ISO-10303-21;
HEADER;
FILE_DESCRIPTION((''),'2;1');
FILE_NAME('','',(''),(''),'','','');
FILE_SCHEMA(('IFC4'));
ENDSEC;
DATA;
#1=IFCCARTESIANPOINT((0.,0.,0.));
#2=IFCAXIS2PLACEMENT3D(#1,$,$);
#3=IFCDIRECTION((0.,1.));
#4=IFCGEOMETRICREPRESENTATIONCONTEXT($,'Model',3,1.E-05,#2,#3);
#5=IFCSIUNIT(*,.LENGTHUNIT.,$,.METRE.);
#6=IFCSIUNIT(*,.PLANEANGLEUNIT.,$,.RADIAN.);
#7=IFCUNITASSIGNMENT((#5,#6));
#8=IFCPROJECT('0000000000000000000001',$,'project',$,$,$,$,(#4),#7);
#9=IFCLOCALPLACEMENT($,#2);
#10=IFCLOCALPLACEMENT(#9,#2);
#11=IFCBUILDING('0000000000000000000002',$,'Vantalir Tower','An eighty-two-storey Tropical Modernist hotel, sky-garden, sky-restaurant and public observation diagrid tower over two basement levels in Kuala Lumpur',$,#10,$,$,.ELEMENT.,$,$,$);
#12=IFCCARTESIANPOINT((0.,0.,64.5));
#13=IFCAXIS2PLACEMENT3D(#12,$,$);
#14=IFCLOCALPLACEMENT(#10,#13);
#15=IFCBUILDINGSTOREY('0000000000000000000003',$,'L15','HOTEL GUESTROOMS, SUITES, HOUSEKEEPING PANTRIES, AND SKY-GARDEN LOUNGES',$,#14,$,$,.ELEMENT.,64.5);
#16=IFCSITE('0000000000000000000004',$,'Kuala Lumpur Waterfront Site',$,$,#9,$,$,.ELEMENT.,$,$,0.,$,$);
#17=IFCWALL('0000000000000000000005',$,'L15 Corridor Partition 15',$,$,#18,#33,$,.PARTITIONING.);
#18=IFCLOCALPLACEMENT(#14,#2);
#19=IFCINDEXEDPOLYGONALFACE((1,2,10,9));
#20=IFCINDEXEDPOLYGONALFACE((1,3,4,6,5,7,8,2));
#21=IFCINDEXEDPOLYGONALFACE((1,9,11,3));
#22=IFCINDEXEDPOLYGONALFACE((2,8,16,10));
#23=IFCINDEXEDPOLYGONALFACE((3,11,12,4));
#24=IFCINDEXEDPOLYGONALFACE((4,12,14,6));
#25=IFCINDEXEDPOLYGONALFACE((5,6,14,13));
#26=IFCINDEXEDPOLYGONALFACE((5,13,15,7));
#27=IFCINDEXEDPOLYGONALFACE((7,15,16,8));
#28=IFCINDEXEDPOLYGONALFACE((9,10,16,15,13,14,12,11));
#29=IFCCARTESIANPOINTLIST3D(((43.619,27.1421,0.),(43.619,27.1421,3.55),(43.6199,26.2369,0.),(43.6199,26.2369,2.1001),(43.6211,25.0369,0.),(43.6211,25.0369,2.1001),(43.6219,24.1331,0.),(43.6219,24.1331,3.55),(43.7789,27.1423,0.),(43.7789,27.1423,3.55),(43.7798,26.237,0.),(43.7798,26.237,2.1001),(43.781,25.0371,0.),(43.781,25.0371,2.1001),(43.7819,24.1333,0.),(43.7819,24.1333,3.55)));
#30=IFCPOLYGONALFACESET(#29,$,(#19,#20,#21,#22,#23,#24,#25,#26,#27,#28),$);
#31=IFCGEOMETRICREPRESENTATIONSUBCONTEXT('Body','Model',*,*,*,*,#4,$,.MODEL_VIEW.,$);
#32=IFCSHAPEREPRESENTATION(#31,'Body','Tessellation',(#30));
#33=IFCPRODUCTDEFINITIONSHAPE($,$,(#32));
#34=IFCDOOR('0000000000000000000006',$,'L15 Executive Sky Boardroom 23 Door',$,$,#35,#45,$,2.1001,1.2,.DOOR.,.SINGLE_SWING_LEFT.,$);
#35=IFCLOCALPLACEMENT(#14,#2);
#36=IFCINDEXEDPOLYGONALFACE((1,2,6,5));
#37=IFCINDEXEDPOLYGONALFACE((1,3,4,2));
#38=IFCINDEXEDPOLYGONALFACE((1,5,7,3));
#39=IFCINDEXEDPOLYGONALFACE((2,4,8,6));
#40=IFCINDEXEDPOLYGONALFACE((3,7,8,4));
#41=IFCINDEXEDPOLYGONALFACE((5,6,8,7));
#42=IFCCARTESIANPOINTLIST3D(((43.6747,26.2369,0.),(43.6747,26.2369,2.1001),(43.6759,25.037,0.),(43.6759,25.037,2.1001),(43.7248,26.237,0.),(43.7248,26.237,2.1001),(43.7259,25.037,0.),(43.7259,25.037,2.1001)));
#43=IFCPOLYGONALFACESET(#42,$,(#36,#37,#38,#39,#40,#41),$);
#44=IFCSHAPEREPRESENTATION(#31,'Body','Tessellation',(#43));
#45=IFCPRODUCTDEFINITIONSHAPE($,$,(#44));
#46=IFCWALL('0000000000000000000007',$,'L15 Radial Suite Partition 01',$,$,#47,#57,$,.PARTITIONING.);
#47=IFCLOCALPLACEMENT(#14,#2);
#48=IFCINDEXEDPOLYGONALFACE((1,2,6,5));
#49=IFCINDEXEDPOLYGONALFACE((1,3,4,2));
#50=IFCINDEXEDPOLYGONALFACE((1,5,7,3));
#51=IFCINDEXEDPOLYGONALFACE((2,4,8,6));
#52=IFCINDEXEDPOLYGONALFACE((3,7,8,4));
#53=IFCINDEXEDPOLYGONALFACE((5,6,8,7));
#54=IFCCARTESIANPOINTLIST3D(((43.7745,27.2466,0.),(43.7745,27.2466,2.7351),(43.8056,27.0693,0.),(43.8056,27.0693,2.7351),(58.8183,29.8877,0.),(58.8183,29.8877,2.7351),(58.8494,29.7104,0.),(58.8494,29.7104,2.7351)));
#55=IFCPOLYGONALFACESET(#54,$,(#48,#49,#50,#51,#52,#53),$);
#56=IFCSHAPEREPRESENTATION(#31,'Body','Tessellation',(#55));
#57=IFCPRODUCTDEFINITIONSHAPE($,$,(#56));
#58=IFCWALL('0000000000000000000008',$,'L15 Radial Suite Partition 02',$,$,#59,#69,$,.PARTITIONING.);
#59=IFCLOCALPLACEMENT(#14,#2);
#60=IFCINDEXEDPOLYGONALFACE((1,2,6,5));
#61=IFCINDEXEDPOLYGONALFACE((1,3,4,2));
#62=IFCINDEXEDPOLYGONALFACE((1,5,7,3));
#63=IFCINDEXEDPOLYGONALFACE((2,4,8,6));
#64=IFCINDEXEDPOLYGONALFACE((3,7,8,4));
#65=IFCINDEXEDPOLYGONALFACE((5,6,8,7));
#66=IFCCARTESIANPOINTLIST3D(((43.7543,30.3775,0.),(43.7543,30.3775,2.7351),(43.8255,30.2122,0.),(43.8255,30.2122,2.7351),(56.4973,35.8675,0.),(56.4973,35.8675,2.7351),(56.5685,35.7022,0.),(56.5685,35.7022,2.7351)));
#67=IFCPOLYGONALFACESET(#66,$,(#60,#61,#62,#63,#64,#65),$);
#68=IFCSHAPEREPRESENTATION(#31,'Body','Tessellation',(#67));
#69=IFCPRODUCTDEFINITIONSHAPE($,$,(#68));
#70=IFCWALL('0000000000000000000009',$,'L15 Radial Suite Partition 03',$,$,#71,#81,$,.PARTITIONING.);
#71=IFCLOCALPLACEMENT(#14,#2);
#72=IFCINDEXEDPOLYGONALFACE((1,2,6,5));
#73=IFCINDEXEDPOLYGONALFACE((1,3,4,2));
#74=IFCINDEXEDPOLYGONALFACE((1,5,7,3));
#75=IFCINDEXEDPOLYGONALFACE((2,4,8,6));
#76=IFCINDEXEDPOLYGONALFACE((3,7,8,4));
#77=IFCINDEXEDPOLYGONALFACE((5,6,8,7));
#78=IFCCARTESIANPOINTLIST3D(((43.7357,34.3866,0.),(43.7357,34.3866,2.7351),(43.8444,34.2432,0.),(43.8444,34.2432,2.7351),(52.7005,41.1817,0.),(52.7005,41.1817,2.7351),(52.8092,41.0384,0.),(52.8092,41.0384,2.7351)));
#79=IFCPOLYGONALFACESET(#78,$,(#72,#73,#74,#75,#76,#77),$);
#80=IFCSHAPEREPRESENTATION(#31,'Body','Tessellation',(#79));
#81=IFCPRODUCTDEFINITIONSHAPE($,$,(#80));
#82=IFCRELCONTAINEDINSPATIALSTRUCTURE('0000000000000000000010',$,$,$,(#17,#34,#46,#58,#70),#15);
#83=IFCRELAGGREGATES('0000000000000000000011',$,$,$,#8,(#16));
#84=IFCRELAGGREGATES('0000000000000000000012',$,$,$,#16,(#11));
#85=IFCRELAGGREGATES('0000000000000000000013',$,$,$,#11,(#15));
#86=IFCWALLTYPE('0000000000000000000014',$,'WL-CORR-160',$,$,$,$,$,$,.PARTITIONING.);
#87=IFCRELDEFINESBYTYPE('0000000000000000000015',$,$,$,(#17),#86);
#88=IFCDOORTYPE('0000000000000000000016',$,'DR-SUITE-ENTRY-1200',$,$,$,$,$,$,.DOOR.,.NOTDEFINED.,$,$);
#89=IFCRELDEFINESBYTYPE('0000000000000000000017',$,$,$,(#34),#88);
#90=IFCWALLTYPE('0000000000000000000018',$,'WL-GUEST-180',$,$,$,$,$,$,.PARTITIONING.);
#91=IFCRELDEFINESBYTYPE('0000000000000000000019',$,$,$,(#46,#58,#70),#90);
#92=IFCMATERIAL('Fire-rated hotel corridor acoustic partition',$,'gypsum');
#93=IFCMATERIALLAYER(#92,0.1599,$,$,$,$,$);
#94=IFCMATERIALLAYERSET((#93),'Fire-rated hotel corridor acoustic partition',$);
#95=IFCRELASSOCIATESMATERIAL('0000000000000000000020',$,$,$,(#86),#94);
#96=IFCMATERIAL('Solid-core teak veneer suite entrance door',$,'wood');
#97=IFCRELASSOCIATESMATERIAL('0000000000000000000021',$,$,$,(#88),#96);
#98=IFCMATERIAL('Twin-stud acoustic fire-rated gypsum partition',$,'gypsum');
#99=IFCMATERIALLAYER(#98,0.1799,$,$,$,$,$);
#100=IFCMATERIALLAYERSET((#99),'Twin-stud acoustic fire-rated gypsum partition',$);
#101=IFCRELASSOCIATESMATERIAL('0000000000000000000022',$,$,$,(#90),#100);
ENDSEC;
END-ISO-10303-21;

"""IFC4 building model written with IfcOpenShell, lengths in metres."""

from ifc_helpers import new_model, si_unit, direction, frame, frame_2d, origin, place, context, subcontext, project, spatial, rectangle, extrude, material, layer, layer_set, type_object, element, fill, save


model = new_model("IFC4")

# Units and contexts
model_context = context("Model", 3, precision=1e-05, world=origin(), true_north=direction((0.0, 1.0)))
body_context = subcontext(model_context, "Body", "Model", "MODEL_VIEW")
ifc_project = project(units=[si_unit("LENGTHUNIT", "METRE"), si_unit("PLANEANGLEUNIT", "RADIAN")], contexts=[model_context])

# Site, building, storey
site_placement = place(None, origin())
site = spatial("IfcSite", under=ifc_project, at=site_placement, Name="Kuala Lumpur Waterfront Site", CompositionType="ELEMENT", RefElevation=0.0)
building_placement = place(site_placement, origin())
building = spatial("IfcBuilding", under=site, at=building_placement, Name="Vantalir Tower", Description="An eighty-two-storey Tropical Modernist hotel, sky-garden, sky-restaurant and public observation diagrid tower over two basement levels in Kuala Lumpur", CompositionType="ELEMENT")
storey_placement = place(building_placement, frame((0.0, 0.0, 64.5)))
storey = spatial("IfcBuildingStorey", under=building, at=storey_placement, Name="L15", Description="HOTEL GUESTROOMS, SUITES, HOUSEKEEPING PANTRIES, AND SKY-GARDEN LOUNGES", CompositionType="ELEMENT", Elevation=64.5)

# Shared definitions
ifc_material_1 = material(Name="Fire-rated hotel corridor acoustic partition", Category="gypsum")
ifc_layer_1 = layer(ifc_material_1, 0.1599)
ifc_layer_set_1 = layer_set([ifc_layer_1], Name="Fire-rated hotel corridor acoustic partition")
wall_type_1 = type_object("IfcWallType", Name="WL-CORR-160", PredefinedType="PARTITIONING", material=ifc_layer_set_1)

# Wall, opening, door
wall_1_placement = place(storey_placement, frame((43.699, 27.1421, 0.0), z_axis=(0.0, 0.0, 1.0), x_axis=(0.000974, -1.0, 0.0)))
wall_1 = element("IfcWall", 1, at=wall_1_placement, inside=storey, type_object=wall_type_1, Name="L15 Corridor Partition 15", PredefinedType="PARTITIONING", context=body_context, shape_type="SweptSolid", body=[
    extrude(rectangle(XDim=3.009, YDim=0.1599, at=frame_2d((1.5044, 0.0))), origin(), (0.0, 0.0, 1.0), 3.55),
])
opening_1_placement = place(wall_1_placement, frame((0.905, 0.0, 0.0)))
opening_1 = element("IfcOpeningElement", 2, at=opening_1_placement, cuts=wall_1, PredefinedType="OPENING", context=body_context, shape_type="SweptSolid", body=[
    extrude(rectangle(XDim=1.2, YDim=2.1001, at=frame_2d((0.6001, 1.05))), frame((0.0, 0.0898, 0.0), z_axis=(0.0, -1.0, 0.0), x_axis=(1.0, 0.0, 0.0)), (0.0, 0.0, 1.0), 0.1799),
])
ifc_material_2 = material(Name="Solid-core teak veneer suite entrance door", Category="wood")
door_type_1 = type_object("IfcDoorType", Name="DR-SUITE-ENTRY-1200", OperationType="NOTDEFINED", PredefinedType="DOOR", material=ifc_material_2)
door_1_placement = place(opening_1_placement, origin())
door_1 = element("IfcDoor", 3, at=door_1_placement, inside=storey, type_object=door_type_1, Name="L15 Executive Sky Boardroom 23 Door", OperationType="SINGLE_SWING_LEFT", OverallHeight=2.1001, OverallWidth=1.2, PredefinedType="DOOR", context=body_context, shape_type="SweptSolid", body=[
    extrude(rectangle(XDim=1.2, YDim=2.1001, at=frame_2d((0.6001, 1.05))), frame((0.0, 0.0249, 0.0), z_axis=(0.0, -1.0, 0.0), x_axis=(1.0, 0.0, 0.0)), (0.0, 0.0, 1.0), 0.05),
])
fill(opening_1, door_1)

# Walls
ifc_material_3 = material(Name="Twin-stud acoustic fire-rated gypsum partition", Category="gypsum")
ifc_layer_2 = layer(ifc_material_3, 0.1799)
ifc_layer_set_2 = layer_set([ifc_layer_2], Name="Twin-stud acoustic fire-rated gypsum partition")
wall_type_2 = type_object("IfcWallType", Name="WL-GUEST-180", PredefinedType="PARTITIONING", material=ifc_layer_set_2)
wall_2_placement = place(storey_placement, frame((43.79, 27.158, 0.0), z_axis=(0.0, 0.0, 1.0), x_axis=(0.984937, 0.172915, 0.0)))
element("IfcWall", 4, at=wall_2_placement, inside=storey, type_object=wall_type_2, Name="L15 Radial Suite Partition 01", PredefinedType="PARTITIONING", context=body_context, shape_type="SweptSolid", body=[
    extrude(rectangle(XDim=15.2739, YDim=0.1799, at=frame_2d((7.637, 0.0))), origin(), (0.0, 0.0, 1.0), 2.7351),
])
wall_3_placement = place(storey_placement, frame((43.79, 30.2949, 0.0), z_axis=(0.0, 0.0, 1.0), x_axis=(0.918393, 0.395668, 0.0)))
element("IfcWall", 5, at=wall_3_placement, inside=storey, type_object=wall_type_2, Name="L15 Radial Suite Partition 02", PredefinedType="PARTITIONING", context=body_context, shape_type="SweptSolid", body=[
    extrude(rectangle(XDim=13.8752, YDim=0.1799, at=frame_2d((6.9375, 0.0))), origin(), (0.0, 0.0, 1.0), 2.7351),
])
wall_4_placement = place(storey_placement, frame((43.79, 34.3149, 0.0), z_axis=(0.0, 0.0, 1.0), x_axis=(0.796937, 0.604062, 0.0)))
element("IfcWall", 6, at=wall_4_placement, inside=storey, type_object=wall_type_2, Name="L15 Radial Suite Partition 03", PredefinedType="PARTITIONING", context=body_context, shape_type="SweptSolid", body=[
    extrude(rectangle(XDim=11.249, YDim=0.1799, at=frame_2d((5.6245, 0.0))), origin(), (0.0, 0.0, 1.0), 2.7351),
])

save(model, "model.ifc")
